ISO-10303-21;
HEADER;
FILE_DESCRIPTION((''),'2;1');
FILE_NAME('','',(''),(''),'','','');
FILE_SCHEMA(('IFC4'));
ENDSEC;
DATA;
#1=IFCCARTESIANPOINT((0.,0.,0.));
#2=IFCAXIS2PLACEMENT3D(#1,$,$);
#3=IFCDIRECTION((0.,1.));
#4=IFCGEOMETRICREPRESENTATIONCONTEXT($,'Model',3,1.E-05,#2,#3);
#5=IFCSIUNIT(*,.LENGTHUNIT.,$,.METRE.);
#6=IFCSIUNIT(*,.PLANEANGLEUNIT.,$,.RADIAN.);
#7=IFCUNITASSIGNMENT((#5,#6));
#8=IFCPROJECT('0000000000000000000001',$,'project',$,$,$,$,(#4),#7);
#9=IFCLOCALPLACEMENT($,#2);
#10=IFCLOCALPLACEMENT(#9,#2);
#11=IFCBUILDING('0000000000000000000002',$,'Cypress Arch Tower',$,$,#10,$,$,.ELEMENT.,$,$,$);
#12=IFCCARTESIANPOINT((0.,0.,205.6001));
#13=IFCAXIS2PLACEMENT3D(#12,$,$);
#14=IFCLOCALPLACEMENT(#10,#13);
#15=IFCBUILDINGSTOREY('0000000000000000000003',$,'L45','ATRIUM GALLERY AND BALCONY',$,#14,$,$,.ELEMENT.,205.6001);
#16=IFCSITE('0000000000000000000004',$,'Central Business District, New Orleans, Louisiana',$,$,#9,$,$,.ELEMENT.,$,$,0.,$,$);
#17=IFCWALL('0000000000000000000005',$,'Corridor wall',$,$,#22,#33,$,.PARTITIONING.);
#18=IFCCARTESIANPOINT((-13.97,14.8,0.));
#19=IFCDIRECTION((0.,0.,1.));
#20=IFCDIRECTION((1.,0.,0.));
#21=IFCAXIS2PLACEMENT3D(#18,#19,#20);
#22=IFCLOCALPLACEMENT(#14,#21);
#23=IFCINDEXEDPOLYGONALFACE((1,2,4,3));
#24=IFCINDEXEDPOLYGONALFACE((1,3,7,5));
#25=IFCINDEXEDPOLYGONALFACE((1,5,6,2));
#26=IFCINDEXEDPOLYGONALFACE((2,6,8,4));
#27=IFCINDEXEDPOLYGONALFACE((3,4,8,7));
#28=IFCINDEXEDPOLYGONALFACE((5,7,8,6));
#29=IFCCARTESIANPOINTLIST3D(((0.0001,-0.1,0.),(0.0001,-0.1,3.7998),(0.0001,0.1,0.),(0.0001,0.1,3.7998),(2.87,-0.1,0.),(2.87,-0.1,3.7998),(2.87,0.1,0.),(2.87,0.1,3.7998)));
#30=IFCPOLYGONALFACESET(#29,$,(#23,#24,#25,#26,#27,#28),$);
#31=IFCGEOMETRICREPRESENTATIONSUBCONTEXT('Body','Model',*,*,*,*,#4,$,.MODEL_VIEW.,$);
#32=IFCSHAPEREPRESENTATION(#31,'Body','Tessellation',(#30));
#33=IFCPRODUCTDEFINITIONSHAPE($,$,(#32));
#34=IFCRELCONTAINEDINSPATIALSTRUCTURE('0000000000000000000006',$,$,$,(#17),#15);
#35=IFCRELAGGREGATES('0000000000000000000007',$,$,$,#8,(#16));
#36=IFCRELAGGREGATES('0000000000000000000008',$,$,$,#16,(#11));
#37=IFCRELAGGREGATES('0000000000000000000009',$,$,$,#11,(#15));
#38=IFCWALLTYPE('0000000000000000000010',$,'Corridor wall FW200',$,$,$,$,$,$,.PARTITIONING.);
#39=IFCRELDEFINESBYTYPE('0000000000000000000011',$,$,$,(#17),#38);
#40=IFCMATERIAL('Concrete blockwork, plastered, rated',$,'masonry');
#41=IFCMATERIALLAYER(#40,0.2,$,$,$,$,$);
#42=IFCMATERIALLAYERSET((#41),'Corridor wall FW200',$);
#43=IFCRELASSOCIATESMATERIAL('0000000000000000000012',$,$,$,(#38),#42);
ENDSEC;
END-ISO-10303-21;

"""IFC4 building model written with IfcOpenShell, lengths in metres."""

from ifc_helpers import new_model, si_unit, direction, frame, frame_2d, origin, place, context, subcontext, project, spatial, rectangle, extrude, material, layer, layer_set, type_object, element, save


model = new_model("IFC4")

# Units and contexts
model_context = context("Model", 3, precision=1e-05, world=origin(), true_north=direction((0.0, 1.0)))
body_context = subcontext(model_context, "Body", "Model", "MODEL_VIEW")
ifc_project = project(units=[si_unit("LENGTHUNIT", "METRE"), si_unit("PLANEANGLEUNIT", "RADIAN")], contexts=[model_context])

# Site, building, storey
site_placement = place(None, origin())
site = spatial("IfcSite", under=ifc_project, at=site_placement, Name="Central Business District, New Orleans, Louisiana", CompositionType="ELEMENT", RefElevation=0.0)
building_placement = place(site_placement, origin())
building = spatial("IfcBuilding", under=site, at=building_placement, Name="Cypress Arch Tower", CompositionType="ELEMENT")
storey_placement = place(building_placement, frame((0.0, 0.0, 205.6001)))
storey = spatial("IfcBuildingStorey", under=building, at=storey_placement, Name="L45", Description="ATRIUM GALLERY AND BALCONY", CompositionType="ELEMENT", Elevation=205.6001)

# Shared definitions
ifc_material_1 = material(Name="Concrete blockwork, plastered, rated", Category="masonry")
ifc_layer_1 = layer(ifc_material_1, 0.2)
ifc_layer_set_1 = layer_set([ifc_layer_1], Name="Corridor wall FW200")
wall_type_1 = type_object("IfcWallType", Name="Corridor wall FW200", PredefinedType="PARTITIONING", material=ifc_layer_set_1)

# Wall
wall_1_placement = place(storey_placement, frame((-13.97, 14.8, 0.0), z_axis=(0.0, 0.0, 1.0), x_axis=(1.0, 0.0, 0.0)))
element("IfcWall", 1, at=wall_1_placement, inside=storey, type_object=wall_type_1, Name="Corridor wall", PredefinedType="PARTITIONING", context=body_context, shape_type="SweptSolid", body=[
    extrude(rectangle(XDim=2.8699, YDim=0.2, at=frame_2d((1.4351, 0.0))), origin(), (0.0, 0.0, 1.0), 3.7998),
])

save(model, "model.ifc")
